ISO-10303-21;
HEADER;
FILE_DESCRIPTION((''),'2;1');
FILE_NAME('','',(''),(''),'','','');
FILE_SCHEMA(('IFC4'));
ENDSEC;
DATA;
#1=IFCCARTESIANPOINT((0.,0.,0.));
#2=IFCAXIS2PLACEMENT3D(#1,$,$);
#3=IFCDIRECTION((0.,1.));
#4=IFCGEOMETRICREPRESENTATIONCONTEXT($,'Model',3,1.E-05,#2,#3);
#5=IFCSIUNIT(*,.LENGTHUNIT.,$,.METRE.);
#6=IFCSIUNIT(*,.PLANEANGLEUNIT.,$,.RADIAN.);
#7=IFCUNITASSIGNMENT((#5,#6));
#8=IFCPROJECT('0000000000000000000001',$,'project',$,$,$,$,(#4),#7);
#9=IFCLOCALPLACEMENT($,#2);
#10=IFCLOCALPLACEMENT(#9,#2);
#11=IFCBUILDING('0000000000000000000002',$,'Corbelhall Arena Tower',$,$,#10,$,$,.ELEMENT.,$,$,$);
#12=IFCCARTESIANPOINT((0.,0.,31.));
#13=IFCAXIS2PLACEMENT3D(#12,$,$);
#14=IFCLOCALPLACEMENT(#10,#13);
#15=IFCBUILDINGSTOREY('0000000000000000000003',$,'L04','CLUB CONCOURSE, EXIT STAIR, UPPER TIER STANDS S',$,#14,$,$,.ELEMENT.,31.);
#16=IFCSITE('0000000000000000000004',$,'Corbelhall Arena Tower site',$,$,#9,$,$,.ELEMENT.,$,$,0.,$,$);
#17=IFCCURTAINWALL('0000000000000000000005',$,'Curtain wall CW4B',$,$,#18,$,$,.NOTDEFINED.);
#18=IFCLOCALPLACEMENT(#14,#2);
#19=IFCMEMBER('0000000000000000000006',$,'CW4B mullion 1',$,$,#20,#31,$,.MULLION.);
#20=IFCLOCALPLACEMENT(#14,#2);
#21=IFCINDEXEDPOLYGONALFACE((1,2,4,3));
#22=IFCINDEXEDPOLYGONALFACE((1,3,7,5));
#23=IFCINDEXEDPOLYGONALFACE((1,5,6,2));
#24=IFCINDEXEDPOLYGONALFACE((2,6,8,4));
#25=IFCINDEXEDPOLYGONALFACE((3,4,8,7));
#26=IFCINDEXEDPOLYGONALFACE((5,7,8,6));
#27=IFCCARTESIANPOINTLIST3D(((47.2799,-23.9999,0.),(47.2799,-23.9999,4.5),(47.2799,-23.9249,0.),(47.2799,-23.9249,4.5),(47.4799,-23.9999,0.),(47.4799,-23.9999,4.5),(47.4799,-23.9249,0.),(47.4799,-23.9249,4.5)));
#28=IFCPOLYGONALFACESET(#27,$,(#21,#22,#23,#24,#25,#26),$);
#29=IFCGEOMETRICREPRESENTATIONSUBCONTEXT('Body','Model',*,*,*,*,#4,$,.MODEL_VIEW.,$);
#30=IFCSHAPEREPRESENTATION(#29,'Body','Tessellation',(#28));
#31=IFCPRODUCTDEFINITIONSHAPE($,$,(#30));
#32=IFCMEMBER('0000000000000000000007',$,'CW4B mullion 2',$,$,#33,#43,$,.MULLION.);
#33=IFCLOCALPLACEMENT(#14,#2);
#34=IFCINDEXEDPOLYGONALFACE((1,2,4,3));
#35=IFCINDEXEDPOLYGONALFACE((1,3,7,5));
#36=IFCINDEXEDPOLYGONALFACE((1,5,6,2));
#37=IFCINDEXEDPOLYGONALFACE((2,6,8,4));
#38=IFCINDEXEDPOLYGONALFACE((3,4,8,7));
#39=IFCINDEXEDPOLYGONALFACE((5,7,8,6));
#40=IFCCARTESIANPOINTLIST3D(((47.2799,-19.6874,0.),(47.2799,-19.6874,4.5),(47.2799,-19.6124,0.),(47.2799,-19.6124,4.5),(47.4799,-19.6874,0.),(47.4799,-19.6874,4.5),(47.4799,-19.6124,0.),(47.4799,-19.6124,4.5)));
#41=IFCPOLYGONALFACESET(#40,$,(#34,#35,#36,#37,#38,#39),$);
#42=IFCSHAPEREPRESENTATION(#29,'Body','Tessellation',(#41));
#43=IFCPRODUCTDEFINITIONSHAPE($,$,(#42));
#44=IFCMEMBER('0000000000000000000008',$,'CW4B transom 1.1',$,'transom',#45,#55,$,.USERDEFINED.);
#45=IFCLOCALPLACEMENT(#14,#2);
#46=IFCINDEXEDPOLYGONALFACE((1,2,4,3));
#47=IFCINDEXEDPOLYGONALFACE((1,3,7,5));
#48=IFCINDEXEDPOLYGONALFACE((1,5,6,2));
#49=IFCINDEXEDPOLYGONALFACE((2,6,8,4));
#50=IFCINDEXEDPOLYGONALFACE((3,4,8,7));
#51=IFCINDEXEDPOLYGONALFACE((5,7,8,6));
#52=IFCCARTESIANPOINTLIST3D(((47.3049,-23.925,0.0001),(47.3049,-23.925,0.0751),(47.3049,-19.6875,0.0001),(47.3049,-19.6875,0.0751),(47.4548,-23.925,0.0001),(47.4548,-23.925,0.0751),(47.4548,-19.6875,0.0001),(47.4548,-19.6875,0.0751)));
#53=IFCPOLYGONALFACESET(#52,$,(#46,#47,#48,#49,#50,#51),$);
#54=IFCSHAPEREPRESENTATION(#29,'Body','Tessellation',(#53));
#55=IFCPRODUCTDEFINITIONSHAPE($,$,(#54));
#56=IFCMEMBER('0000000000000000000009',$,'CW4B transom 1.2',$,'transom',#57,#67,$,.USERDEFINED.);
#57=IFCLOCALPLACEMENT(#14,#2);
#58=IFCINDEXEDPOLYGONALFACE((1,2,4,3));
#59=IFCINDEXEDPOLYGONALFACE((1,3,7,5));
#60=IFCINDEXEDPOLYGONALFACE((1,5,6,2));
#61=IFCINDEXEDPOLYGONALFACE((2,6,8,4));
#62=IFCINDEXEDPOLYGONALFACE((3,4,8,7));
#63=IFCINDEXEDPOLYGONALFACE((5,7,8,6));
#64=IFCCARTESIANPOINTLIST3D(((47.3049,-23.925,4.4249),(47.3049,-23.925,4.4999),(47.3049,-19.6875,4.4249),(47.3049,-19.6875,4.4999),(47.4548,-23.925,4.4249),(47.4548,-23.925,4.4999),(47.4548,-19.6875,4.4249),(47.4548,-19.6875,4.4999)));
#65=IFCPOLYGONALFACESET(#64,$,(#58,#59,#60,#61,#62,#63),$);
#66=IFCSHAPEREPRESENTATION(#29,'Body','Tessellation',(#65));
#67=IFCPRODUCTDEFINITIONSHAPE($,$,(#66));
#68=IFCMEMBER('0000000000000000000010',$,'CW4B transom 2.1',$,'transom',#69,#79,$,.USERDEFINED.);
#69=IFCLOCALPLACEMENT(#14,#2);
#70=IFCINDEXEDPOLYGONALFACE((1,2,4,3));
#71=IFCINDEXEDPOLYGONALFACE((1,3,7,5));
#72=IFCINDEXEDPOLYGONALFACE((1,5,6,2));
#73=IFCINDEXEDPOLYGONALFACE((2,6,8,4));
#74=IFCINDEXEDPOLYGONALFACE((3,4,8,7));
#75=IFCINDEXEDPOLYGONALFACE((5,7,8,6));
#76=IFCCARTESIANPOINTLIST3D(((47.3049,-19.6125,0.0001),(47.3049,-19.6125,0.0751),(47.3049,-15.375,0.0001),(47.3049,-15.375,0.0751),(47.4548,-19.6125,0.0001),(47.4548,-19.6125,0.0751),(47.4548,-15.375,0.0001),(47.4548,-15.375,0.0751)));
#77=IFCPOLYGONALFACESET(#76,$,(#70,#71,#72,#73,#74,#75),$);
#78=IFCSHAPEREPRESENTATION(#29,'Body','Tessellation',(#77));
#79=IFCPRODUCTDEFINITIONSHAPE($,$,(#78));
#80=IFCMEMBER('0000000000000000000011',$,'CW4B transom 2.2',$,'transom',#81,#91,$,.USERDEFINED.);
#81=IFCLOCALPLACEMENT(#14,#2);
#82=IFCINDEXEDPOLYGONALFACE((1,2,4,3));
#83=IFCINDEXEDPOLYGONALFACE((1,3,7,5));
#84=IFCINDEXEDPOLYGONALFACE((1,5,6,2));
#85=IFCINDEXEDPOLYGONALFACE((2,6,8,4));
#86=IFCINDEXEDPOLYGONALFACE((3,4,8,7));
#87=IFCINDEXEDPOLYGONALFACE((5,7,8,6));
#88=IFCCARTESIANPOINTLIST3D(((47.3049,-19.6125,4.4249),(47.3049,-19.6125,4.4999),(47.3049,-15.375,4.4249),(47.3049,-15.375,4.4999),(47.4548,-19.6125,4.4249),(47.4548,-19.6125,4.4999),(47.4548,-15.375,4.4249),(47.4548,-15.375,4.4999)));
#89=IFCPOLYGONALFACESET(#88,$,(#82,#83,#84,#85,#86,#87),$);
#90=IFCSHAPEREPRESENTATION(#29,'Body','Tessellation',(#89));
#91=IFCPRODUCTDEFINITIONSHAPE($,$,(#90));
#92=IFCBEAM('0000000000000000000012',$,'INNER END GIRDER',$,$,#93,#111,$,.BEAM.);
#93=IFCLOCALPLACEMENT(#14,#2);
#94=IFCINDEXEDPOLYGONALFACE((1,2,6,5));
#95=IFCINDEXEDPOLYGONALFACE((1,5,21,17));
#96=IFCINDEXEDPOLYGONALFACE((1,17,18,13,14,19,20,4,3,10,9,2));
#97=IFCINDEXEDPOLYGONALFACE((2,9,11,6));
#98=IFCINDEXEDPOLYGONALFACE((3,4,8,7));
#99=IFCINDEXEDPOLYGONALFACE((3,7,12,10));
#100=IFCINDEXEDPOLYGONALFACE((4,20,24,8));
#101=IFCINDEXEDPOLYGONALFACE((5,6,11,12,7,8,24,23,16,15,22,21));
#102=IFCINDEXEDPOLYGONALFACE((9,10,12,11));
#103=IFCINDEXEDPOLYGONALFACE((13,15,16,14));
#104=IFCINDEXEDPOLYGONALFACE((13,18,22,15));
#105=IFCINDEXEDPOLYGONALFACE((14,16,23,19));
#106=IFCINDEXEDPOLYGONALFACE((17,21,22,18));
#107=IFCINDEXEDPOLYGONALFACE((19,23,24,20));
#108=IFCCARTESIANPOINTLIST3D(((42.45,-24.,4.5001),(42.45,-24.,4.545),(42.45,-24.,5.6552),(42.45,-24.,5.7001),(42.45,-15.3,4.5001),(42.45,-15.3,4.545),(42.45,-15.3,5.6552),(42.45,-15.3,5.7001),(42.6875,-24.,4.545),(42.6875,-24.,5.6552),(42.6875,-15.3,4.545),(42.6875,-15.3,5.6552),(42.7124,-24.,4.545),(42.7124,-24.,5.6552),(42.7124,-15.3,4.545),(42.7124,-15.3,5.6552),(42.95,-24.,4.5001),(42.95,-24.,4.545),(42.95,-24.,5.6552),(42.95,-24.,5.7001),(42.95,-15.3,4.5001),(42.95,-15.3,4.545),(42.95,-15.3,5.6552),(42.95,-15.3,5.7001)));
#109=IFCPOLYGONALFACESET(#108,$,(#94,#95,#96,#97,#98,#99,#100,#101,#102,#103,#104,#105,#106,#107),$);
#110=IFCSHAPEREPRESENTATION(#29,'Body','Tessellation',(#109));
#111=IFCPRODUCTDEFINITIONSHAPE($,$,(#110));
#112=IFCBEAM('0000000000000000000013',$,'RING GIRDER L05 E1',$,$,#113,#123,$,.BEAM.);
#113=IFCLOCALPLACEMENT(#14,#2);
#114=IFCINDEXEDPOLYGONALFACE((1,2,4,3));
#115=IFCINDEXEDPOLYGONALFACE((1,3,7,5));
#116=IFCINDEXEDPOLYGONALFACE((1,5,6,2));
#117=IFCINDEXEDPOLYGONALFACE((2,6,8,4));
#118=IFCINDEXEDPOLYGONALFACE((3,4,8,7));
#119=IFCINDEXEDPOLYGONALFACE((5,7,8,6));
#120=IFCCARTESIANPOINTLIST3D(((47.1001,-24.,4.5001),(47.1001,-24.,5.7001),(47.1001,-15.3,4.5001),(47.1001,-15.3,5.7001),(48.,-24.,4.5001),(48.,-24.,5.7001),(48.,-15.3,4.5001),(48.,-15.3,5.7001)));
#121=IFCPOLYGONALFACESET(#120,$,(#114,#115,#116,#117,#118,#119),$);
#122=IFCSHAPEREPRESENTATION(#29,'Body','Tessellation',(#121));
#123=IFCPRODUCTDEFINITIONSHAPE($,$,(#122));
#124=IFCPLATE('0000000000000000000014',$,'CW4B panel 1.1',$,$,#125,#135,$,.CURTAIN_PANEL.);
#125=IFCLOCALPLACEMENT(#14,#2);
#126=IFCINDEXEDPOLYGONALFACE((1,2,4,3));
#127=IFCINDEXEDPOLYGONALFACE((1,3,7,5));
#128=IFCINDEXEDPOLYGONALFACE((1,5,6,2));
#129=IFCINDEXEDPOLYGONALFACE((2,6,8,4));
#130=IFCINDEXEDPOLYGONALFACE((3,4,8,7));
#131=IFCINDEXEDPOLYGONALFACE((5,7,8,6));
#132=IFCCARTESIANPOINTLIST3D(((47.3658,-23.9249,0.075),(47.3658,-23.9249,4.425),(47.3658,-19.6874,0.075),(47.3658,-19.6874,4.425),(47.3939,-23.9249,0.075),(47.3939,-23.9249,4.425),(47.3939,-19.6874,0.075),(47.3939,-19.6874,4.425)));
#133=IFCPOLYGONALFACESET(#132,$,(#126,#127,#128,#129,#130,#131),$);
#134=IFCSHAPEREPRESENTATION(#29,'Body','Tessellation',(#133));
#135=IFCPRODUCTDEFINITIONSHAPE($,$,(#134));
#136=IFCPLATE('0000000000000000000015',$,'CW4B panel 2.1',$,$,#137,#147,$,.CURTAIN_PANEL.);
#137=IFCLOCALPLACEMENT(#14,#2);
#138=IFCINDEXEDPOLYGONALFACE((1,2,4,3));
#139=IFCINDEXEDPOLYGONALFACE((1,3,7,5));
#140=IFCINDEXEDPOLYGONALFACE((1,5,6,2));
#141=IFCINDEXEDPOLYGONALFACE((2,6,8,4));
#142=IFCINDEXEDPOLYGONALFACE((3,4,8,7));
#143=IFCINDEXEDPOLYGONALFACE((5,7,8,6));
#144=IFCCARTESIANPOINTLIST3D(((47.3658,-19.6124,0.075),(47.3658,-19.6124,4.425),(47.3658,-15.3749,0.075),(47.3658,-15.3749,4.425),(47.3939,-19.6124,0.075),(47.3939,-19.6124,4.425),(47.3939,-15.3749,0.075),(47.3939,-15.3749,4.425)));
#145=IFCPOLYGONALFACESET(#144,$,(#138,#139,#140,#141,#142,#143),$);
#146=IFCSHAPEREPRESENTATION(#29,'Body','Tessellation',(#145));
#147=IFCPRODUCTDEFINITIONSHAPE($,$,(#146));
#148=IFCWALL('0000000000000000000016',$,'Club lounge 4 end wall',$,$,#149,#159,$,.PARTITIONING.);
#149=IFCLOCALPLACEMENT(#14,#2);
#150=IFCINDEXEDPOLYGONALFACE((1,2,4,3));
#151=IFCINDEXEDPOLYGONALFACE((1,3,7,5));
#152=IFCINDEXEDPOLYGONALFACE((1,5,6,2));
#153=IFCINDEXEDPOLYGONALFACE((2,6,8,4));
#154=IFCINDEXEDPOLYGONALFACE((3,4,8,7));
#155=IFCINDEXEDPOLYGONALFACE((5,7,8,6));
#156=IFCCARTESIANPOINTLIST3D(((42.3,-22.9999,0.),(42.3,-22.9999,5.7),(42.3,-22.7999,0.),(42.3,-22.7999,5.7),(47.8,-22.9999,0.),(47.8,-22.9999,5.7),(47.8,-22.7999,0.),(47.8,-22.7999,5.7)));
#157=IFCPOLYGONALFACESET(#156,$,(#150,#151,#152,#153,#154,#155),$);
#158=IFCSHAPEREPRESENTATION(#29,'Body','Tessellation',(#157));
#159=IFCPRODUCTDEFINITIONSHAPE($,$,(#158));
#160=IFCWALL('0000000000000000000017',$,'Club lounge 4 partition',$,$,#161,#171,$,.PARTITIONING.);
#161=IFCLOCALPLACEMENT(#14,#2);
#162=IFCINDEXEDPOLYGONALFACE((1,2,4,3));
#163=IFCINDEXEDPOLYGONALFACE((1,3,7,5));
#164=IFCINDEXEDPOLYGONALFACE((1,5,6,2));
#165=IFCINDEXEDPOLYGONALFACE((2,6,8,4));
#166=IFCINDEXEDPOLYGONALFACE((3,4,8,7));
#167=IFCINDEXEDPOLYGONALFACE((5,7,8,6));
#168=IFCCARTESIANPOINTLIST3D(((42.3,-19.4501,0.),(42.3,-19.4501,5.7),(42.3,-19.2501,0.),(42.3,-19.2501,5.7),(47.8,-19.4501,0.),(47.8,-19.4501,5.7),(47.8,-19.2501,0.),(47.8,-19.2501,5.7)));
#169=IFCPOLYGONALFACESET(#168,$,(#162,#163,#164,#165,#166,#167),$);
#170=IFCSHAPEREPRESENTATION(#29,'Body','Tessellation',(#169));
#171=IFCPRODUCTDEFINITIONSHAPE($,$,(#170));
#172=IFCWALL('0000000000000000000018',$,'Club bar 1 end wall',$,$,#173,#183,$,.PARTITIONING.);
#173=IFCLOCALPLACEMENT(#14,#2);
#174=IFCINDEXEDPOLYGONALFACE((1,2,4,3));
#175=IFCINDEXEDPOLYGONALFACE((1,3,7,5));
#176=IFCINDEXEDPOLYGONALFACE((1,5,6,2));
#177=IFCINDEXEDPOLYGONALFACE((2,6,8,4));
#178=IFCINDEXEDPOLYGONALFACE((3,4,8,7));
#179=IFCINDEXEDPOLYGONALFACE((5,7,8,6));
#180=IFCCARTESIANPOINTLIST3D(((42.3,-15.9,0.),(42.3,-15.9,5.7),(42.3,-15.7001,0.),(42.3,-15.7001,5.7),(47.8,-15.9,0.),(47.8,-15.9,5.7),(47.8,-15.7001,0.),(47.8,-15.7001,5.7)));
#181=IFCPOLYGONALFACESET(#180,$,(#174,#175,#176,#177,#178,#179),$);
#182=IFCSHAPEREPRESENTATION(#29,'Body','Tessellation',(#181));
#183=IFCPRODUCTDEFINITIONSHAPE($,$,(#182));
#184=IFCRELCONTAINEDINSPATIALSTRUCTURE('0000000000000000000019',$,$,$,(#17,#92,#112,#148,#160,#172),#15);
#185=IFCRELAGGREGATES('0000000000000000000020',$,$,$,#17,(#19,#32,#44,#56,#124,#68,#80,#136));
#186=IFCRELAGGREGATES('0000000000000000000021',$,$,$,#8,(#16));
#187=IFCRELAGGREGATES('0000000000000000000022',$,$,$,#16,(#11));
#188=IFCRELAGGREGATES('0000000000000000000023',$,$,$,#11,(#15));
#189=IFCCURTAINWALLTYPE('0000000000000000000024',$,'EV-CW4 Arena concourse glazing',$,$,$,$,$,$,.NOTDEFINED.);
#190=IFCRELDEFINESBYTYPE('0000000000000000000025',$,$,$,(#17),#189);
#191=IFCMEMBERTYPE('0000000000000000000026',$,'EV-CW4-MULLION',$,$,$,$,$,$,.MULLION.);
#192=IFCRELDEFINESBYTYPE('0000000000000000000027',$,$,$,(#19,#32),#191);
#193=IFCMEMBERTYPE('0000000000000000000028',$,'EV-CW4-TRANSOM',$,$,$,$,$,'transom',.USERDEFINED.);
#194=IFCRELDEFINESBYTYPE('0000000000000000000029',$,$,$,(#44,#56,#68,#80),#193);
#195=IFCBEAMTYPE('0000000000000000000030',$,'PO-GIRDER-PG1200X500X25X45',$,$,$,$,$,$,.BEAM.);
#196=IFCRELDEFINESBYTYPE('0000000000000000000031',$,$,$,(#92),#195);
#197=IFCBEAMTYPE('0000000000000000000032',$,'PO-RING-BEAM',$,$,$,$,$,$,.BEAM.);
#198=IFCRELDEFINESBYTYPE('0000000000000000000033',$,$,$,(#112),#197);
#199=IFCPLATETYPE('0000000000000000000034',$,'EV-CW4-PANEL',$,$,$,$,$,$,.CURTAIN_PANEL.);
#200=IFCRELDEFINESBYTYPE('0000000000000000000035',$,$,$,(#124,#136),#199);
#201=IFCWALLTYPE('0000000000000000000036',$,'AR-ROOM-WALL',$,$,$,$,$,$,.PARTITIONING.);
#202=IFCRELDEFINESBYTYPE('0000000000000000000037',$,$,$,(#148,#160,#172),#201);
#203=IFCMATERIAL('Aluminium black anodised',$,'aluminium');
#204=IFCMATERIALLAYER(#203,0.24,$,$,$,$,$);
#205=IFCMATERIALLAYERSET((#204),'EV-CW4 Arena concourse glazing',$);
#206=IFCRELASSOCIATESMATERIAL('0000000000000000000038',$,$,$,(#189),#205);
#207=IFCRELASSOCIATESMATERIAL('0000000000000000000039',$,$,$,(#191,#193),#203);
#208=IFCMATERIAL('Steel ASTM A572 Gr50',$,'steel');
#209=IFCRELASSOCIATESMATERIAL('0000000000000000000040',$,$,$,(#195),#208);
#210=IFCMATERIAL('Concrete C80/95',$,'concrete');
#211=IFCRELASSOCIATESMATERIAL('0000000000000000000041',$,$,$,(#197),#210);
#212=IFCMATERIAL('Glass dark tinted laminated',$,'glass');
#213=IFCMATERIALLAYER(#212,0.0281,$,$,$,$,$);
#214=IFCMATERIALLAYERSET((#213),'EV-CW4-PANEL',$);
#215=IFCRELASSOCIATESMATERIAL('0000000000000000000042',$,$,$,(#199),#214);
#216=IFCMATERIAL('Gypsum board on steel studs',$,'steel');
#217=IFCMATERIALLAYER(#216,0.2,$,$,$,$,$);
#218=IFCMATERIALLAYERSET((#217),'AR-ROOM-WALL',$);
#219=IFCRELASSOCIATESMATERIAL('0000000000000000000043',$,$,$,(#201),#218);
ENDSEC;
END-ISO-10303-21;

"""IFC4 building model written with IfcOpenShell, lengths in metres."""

from ifc_helpers import new_model, si_unit, direction, frame, frame_2d, origin, origin_2d, place, context, subcontext, project, spatial, rectangle, i_section, extrude, material, layer, layer_set, material_profile, profile_set, type_object, element, aggregate, save


model = new_model("IFC4")

# Units and contexts
model_context = context("Model", 3, precision=1e-05, world=origin(), true_north=direction((0.0, 1.0)))
body_context = subcontext(model_context, "Body", "Model", "MODEL_VIEW")
ifc_project = project(units=[si_unit("LENGTHUNIT", "METRE"), si_unit("PLANEANGLEUNIT", "RADIAN")], contexts=[model_context])

# Site, building, storey
site_placement = place(None, origin())
site = spatial("IfcSite", under=ifc_project, at=site_placement, Name="Corbelhall Arena Tower site", CompositionType="ELEMENT", RefElevation=0.0)
building_placement = place(site_placement, origin())
building = spatial("IfcBuilding", under=site, at=building_placement, Name="Corbelhall Arena Tower", CompositionType="ELEMENT")
storey_placement = place(building_placement, frame((0.0, 0.0, 31.0)))
storey = spatial("IfcBuildingStorey", under=building, at=storey_placement, Name="L04", Description="CLUB CONCOURSE, EXIT STAIR, UPPER TIER STANDS S", CompositionType="ELEMENT", Elevation=31.0)

# Curtain wall, members
ifc_material_1 = material(Name="Aluminium black anodised", Category="aluminium")
ifc_layer_1 = layer(ifc_material_1, 0.24)
ifc_layer_set_1 = layer_set([ifc_layer_1], Name="EV-CW4 Arena concourse glazing")
curtain_wall_type = type_object("IfcCurtainWallType", Name="EV-CW4 Arena concourse glazing", PredefinedType="NOTDEFINED", material=ifc_layer_set_1)
curtain_wall_placement = place(storey_placement, origin())
curtain_wall = element("IfcCurtainWall", 1, at=curtain_wall_placement, inside=storey, type_object=curtain_wall_type, Name="Curtain wall CW4B", PredefinedType="NOTDEFINED")
ifc_material_profile_1 = material_profile(ifc_material_1, rectangle(XDim=0.2, YDim=0.075, at=origin_2d()))
ifc_profile_set_1 = profile_set([ifc_material_profile_1], Name="Aluminium black anodised")
member_type_1 = type_object("IfcMemberType", Name="EV-CW4-MULLION", PredefinedType="MULLION", material=ifc_profile_set_1)
member_1_placement = place(storey_placement, frame((47.3799, -23.9624, 0.0), z_axis=(0.0, 0.0, 1.0), x_axis=(-1.0, 0.0, 0.0)))
member_1 = element("IfcMember", 2, at=member_1_placement, type_object=member_type_1, Name="CW4B mullion 1", PredefinedType="MULLION", context=body_context, shape_type="SweptSolid", body=[
    extrude(rectangle(XDim=0.2, YDim=0.075, at=origin_2d()), origin(), (0.0, 0.0, 1.0), 4.5),
])
member_2_placement = place(storey_placement, frame((47.3799, -19.6499, 0.0), z_axis=(0.0, 0.0, 1.0), x_axis=(-1.0, 0.0, 0.0)))
member_2 = element("IfcMember", 3, at=member_2_placement, type_object=member_type_1, Name="CW4B mullion 2", PredefinedType="MULLION", context=body_context, shape_type="SweptSolid", body=[
    extrude(rectangle(XDim=0.2, YDim=0.075, at=origin_2d()), origin(), (0.0, 0.0, 1.0), 4.5),
])
ifc_material_profile_2 = material_profile(ifc_material_1, rectangle(XDim=0.1499, YDim=0.075, at=origin_2d()))
ifc_profile_set_2 = profile_set([ifc_material_profile_2], Name="Aluminium black anodised")
member_type_2 = type_object("IfcMemberType", Name="EV-CW4-TRANSOM", ElementType="transom", PredefinedType="USERDEFINED", material=ifc_profile_set_2)
member_3_placement = place(storey_placement, frame((47.3799, -23.925, 0.0376), z_axis=(0.0, 1.0, 0.0), x_axis=(-1.0, 0.0, 0.0)))
member_3 = element("IfcMember", 4, at=member_3_placement, type_object=member_type_2, Name="CW4B transom 1.1", ObjectType="transom", PredefinedType="USERDEFINED", context=body_context, shape_type="SweptSolid", body=[
    extrude(rectangle(XDim=0.1499, YDim=0.075, at=origin_2d()), origin(), (0.0, 0.0, 1.0), 4.2375),
])
member_4_placement = place(storey_placement, frame((47.3799, -23.925, 4.4624), z_axis=(0.0, 1.0, 0.0), x_axis=(-1.0, 0.0, 0.0)))
member_4 = element("IfcMember", 5, at=member_4_placement, type_object=member_type_2, Name="CW4B transom 1.2", ObjectType="transom", PredefinedType="USERDEFINED", context=body_context, shape_type="SweptSolid", body=[
    extrude(rectangle(XDim=0.1499, YDim=0.075, at=origin_2d()), origin(), (0.0, 0.0, 1.0), 4.2375),
])
member_5_placement = place(storey_placement, frame((47.3799, -19.6125, 0.0376), z_axis=(0.0, 1.0, 0.0), x_axis=(-1.0, 0.0, 0.0)))
member_5 = element("IfcMember", 6, at=member_5_placement, type_object=member_type_2, Name="CW4B transom 2.1", ObjectType="transom", PredefinedType="USERDEFINED", context=body_context, shape_type="SweptSolid", body=[
    extrude(rectangle(XDim=0.1499, YDim=0.075, at=origin_2d()), origin(), (0.0, 0.0, 1.0), 4.2375),
])
member_6_placement = place(storey_placement, frame((47.3799, -19.6125, 4.4624), z_axis=(0.0, 1.0, 0.0), x_axis=(-1.0, 0.0, 0.0)))
member_6 = element("IfcMember", 7, at=member_6_placement, type_object=member_type_2, Name="CW4B transom 2.2", ObjectType="transom", PredefinedType="USERDEFINED", context=body_context, shape_type="SweptSolid", body=[
    extrude(rectangle(XDim=0.1499, YDim=0.075, at=origin_2d()), origin(), (0.0, 0.0, 1.0), 4.2375),
])

# Beams
ifc_material_2 = material(Name="Steel ASTM A572 Gr50", Category="steel")
ifc_material_profile_3 = material_profile(ifc_material_2, i_section(OverallWidth=0.5, OverallDepth=1.2, WebThickness=0.0249, FlangeThickness=0.0449, at=origin_2d()))
ifc_profile_set_3 = profile_set([ifc_material_profile_3], Name="Steel ASTM A572 Gr50")
beam_type_1 = type_object("IfcBeamType", Name="PO-GIRDER-PG1200X500X25X45", PredefinedType="BEAM", material=ifc_profile_set_3)
beam_1_placement = place(storey_placement, frame((42.7, -24.0, 5.1001), z_axis=(0.0, 1.0, 0.0), x_axis=(-1.0, 0.0, 0.0)))
element("IfcBeam", 8, at=beam_1_placement, inside=storey, type_object=beam_type_1, Name="INNER END GIRDER", PredefinedType="BEAM", context=body_context, shape_type="SweptSolid", body=[
    extrude(i_section(OverallWidth=0.5, OverallDepth=1.2, WebThickness=0.0249, FlangeThickness=0.0449, at=origin_2d()), origin(), (0.0, 0.0, 1.0), 8.7),
])
ifc_material_3 = material(Name="Concrete C80/95", Category="concrete")
ifc_material_profile_4 = material_profile(ifc_material_3, rectangle(XDim=0.8999, YDim=1.2, at=origin_2d()))
ifc_profile_set_4 = profile_set([ifc_material_profile_4], Name="Concrete C80/95")
beam_type_2 = type_object("IfcBeamType", Name="PO-RING-BEAM", PredefinedType="BEAM", material=ifc_profile_set_4)
beam_2_placement = place(storey_placement, frame((47.55, -24.0, 5.1001), z_axis=(0.0, 1.0, 0.0), x_axis=(-1.0, 0.0, 0.0)))
element("IfcBeam", 9, at=beam_2_placement, inside=storey, type_object=beam_type_2, Name="RING GIRDER L05 E1", PredefinedType="BEAM", context=body_context, shape_type="SweptSolid", body=[
    extrude(rectangle(XDim=0.8999, YDim=1.2, at=origin_2d()), origin(), (0.0, 0.0, 1.0), 8.7),
])

# Plates
ifc_material_4 = material(Name="Glass dark tinted laminated", Category="glass")
ifc_layer_2 = layer(ifc_material_4, 0.0281)
ifc_layer_set_2 = layer_set([ifc_layer_2], Name="EV-CW4-PANEL")
plate_type = type_object("IfcPlateType", Name="EV-CW4-PANEL", PredefinedType="CURTAIN_PANEL", material=ifc_layer_set_2)
plate_1_placement = place(storey_placement, frame((47.3799, -21.8062, 0.075), z_axis=(0.0, 0.0, 1.0), x_axis=(0.0, 1.0, 0.0)))
plate_1 = element("IfcPlate", 10, at=plate_1_placement, type_object=plate_type, Name="CW4B panel 1.1", PredefinedType="CURTAIN_PANEL", context=body_context, shape_type="SweptSolid", body=[
    extrude(rectangle(XDim=4.2375, YDim=0.0281, at=origin_2d()), origin(), (0.0, 0.0, 1.0), 4.3501),
])
plate_2_placement = place(storey_placement, frame((47.3799, -17.4937, 0.075), z_axis=(0.0, 0.0, 1.0), x_axis=(0.0, 1.0, 0.0)))
plate_2 = element("IfcPlate", 11, at=plate_2_placement, type_object=plate_type, Name="CW4B panel 2.1", PredefinedType="CURTAIN_PANEL", context=body_context, shape_type="SweptSolid", body=[
    extrude(rectangle(XDim=4.2375, YDim=0.0281, at=origin_2d()), origin(), (0.0, 0.0, 1.0), 4.3501),
])
aggregate(curtain_wall, [member_1, member_2, member_3, member_4, plate_1, member_5, member_6, plate_2])

# Shared definitions
ifc_material_5 = material(Name="Gypsum board on steel studs", Category="steel")
ifc_layer_3 = layer(ifc_material_5, 0.2)
ifc_layer_set_3 = layer_set([ifc_layer_3], Name="AR-ROOM-WALL")
wall_type_1 = type_object("IfcWallType", Name="AR-ROOM-WALL", PredefinedType="PARTITIONING", material=ifc_layer_set_3)

# Walls
for number, where, z_axis, x_axis, name in (
    (12, (42.3, -22.8999, 0.0), (0.0, 0.0, 1.0), (1.0, 0.0, 0.0), "Club lounge 4 end wall"),
    (13, (42.3, -19.3501, 0.0), (0.0, 0.0, 1.0), (1.0, 0.0, 0.0), "Club lounge 4 partition"),
):
    element("IfcWall", number, at=place(storey_placement, frame(where, z_axis=z_axis, x_axis=x_axis)), inside=storey, type_object=wall_type_1, Name=name, PredefinedType="PARTITIONING", context=body_context, shape_type="SweptSolid", body=[
        extrude(rectangle(XDim=5.5, YDim=0.2, at=frame_2d((2.75, 0.0))), origin(), (0.0, 0.0, 1.0), 5.7),
    ])

# Wall
wall_1_placement = place(storey_placement, frame((42.3, -15.8, 0.0), z_axis=(0.0, 0.0, 1.0), x_axis=(1.0, 0.0, 0.0)))
element("IfcWall", 14, at=wall_1_placement, inside=storey, type_object=wall_type_1, Name="Club bar 1 end wall", PredefinedType="PARTITIONING", context=body_context, shape_type="SweptSolid", body=[
    extrude(rectangle(XDim=5.5, YDim=0.2, at=frame_2d((2.75, 0.0))), origin(), (0.0, 0.0, 1.0), 5.7),
])

save(model, "model.ifc")
